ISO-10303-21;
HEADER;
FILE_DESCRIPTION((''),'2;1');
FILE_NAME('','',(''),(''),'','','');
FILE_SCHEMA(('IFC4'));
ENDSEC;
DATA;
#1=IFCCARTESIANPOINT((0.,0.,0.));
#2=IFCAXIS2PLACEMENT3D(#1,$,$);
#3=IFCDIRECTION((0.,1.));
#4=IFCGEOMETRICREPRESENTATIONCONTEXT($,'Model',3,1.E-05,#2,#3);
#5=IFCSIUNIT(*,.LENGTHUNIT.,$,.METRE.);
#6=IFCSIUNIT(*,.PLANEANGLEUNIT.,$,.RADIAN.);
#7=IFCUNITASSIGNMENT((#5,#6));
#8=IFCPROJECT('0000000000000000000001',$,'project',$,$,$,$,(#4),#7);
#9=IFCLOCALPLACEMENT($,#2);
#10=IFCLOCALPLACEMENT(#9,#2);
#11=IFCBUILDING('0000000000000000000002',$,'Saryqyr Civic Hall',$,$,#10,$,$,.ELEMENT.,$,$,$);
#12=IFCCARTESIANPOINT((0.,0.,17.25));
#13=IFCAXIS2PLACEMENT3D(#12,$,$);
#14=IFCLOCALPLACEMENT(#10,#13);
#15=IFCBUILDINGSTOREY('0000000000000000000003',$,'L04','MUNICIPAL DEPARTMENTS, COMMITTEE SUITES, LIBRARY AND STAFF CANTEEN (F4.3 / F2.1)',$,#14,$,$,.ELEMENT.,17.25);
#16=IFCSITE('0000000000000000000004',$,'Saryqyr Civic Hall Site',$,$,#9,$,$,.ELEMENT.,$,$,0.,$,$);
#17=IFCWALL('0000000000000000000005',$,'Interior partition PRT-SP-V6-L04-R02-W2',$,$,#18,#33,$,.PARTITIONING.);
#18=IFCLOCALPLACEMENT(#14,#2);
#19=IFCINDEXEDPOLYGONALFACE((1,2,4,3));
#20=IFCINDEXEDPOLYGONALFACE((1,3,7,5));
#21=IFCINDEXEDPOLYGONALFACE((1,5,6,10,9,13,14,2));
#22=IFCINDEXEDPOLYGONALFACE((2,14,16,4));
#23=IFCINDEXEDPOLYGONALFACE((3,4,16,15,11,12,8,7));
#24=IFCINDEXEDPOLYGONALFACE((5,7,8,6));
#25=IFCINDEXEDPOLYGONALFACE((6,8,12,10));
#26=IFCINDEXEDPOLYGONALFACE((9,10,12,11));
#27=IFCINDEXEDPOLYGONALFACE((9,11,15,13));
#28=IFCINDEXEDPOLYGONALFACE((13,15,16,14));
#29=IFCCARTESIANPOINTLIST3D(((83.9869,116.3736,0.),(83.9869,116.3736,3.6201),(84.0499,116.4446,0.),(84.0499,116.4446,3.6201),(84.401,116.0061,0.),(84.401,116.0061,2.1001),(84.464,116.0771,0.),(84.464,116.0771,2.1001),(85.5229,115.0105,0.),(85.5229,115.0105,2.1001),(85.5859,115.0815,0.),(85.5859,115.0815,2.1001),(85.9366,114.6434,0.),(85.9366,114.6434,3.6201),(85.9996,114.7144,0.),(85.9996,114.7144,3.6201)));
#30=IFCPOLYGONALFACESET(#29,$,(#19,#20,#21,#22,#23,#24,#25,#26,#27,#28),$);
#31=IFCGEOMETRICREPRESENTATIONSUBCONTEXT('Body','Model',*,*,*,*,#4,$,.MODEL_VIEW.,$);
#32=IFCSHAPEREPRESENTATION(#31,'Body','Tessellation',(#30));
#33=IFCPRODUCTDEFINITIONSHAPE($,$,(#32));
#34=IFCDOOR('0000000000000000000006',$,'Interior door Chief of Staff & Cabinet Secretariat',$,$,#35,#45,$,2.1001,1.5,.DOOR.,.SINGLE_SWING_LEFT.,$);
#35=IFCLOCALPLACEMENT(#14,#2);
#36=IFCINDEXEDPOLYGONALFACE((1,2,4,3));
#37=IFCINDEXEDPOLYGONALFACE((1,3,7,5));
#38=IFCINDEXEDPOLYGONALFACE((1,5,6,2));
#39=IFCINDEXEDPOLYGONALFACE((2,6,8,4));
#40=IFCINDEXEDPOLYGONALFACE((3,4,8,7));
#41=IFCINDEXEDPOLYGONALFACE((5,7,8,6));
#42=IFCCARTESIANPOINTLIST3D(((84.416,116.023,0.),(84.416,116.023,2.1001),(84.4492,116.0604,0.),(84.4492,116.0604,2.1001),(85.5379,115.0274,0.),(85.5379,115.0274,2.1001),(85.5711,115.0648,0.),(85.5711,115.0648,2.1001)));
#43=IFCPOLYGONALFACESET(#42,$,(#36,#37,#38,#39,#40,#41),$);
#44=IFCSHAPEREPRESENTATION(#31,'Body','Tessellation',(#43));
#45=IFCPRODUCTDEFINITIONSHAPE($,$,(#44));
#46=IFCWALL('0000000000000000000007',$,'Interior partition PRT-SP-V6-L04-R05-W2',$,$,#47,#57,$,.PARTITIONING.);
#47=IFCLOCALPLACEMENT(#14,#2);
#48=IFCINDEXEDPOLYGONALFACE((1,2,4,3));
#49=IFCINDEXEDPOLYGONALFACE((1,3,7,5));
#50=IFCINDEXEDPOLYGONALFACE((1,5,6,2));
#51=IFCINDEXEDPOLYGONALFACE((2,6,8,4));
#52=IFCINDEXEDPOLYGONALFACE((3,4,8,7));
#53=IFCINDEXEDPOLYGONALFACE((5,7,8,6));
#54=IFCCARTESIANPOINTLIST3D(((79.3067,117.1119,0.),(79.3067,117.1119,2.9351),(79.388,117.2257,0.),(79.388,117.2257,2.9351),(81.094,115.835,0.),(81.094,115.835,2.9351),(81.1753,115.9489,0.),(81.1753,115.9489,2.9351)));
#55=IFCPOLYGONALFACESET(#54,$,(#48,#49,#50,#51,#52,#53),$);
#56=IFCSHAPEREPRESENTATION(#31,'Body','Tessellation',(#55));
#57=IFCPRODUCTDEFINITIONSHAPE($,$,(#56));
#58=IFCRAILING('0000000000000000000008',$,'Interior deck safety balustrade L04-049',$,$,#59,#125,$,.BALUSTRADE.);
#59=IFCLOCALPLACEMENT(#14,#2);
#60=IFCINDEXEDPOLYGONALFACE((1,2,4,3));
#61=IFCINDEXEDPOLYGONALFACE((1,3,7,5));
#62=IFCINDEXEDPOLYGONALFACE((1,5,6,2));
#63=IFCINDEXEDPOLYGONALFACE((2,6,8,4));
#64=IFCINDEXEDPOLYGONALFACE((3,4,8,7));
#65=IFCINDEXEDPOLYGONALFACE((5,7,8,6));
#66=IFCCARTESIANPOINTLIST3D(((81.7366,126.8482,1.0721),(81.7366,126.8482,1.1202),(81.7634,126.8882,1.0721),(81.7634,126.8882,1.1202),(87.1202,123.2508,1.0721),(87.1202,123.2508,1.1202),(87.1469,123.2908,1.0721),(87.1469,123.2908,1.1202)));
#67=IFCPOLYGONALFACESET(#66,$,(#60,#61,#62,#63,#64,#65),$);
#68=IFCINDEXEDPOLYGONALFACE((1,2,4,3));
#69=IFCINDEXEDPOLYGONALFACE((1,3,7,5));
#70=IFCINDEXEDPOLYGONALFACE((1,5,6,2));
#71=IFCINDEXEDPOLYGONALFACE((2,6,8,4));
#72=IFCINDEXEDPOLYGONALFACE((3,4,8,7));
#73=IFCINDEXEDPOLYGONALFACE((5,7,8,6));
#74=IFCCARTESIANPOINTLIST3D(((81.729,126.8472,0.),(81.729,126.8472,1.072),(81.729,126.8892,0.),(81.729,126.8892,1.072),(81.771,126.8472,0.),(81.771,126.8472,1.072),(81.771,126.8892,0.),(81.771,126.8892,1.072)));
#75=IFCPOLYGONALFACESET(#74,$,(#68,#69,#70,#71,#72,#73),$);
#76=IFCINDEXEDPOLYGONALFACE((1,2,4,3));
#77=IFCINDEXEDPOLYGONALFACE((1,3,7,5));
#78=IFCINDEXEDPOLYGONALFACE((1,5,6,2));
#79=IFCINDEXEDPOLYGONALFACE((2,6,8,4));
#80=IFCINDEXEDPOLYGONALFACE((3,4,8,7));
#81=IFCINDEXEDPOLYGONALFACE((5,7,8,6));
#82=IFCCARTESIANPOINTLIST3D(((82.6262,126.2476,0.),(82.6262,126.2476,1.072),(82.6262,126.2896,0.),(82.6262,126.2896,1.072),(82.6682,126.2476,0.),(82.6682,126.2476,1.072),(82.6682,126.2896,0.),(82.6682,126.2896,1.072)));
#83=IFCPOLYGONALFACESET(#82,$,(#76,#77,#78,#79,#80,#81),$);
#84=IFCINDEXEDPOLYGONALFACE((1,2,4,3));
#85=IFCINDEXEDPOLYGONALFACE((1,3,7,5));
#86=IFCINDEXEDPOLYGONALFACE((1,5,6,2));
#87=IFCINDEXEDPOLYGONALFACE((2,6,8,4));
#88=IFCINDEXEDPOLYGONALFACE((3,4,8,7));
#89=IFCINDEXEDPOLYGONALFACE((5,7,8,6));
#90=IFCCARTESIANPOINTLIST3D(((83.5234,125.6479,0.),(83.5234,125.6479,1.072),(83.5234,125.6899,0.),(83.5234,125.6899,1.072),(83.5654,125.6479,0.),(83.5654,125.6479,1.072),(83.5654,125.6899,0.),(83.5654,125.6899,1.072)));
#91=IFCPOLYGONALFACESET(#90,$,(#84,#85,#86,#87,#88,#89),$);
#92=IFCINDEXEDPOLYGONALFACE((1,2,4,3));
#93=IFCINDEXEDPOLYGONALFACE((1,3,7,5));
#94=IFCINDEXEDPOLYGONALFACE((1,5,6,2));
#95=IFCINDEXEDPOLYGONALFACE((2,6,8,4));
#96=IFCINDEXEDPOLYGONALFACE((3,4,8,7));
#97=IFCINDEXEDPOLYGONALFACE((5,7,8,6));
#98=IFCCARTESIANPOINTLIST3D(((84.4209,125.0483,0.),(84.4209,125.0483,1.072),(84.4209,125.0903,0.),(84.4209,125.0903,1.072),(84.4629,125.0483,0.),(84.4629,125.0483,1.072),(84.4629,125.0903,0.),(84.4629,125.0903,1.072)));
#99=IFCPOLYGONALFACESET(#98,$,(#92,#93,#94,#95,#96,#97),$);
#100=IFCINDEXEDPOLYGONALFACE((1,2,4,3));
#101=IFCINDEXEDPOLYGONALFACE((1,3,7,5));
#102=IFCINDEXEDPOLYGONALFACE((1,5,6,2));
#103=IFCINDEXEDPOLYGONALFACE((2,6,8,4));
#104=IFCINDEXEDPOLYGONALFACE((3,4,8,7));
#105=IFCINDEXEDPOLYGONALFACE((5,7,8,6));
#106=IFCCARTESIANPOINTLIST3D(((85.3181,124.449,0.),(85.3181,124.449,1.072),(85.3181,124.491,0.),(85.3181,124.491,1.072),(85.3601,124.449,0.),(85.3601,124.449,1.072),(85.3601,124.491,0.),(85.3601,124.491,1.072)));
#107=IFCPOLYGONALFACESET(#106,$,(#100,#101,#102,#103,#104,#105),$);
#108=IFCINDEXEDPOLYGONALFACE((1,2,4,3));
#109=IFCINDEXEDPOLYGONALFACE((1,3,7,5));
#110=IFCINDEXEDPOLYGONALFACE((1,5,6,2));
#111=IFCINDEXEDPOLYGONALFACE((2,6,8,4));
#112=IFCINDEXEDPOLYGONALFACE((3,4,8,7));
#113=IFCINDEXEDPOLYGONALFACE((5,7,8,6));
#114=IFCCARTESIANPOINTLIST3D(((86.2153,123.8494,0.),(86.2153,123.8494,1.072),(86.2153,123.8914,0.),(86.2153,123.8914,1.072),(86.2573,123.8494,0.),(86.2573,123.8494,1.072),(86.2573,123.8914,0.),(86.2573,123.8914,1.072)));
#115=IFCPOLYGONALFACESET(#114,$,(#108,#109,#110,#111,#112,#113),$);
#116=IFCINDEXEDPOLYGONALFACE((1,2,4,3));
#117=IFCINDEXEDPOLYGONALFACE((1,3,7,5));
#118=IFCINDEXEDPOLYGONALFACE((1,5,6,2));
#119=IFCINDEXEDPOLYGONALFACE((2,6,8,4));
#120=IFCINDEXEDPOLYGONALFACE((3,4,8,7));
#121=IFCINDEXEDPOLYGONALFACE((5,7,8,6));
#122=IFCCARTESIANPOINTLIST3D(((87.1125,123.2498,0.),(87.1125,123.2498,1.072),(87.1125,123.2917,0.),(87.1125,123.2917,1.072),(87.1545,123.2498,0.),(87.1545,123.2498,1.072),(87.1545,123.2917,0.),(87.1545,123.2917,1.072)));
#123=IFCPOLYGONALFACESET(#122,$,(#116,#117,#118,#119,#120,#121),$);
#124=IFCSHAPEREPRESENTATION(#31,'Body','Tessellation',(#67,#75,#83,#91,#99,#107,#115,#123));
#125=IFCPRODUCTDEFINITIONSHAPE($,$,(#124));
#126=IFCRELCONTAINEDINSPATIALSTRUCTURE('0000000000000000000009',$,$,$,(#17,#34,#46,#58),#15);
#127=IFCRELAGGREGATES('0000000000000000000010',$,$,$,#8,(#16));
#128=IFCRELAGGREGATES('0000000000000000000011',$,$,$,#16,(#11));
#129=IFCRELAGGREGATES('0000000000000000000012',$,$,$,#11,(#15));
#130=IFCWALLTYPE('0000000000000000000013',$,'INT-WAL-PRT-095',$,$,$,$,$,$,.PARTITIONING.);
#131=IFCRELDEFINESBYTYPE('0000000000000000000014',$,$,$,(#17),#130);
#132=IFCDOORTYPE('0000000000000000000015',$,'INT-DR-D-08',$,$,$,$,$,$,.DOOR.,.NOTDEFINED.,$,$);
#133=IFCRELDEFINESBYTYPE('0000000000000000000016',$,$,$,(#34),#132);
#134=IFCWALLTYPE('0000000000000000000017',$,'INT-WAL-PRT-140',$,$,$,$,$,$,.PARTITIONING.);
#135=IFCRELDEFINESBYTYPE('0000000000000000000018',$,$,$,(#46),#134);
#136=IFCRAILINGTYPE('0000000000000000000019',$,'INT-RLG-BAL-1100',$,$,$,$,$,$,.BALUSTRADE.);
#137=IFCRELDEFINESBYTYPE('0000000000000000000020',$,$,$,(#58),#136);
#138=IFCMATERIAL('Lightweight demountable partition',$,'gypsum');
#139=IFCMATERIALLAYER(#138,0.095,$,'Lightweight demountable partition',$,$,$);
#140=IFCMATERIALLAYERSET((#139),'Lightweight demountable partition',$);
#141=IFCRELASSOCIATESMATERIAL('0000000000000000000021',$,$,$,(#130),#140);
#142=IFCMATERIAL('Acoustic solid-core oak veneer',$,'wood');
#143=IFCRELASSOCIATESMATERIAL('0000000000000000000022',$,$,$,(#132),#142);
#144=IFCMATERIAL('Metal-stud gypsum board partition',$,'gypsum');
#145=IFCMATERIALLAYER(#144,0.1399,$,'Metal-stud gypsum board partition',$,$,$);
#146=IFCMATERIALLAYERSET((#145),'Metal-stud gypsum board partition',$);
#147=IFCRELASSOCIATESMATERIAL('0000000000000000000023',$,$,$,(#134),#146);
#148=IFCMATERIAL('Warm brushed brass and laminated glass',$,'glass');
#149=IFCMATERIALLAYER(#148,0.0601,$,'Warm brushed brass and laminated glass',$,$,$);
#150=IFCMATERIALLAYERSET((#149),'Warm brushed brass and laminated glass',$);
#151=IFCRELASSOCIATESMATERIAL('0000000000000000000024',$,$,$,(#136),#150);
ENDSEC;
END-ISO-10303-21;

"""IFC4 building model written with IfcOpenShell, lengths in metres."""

from ifc_helpers import new_model, si_unit, direction, frame, frame_2d, origin, origin_2d, place, context, subcontext, project, spatial, rectangle, extrude, material, layer, layer_set, type_object, element, fill, save


model = new_model("IFC4")

# Units and contexts
model_context = context("Model", 3, precision=1e-05, world=origin(), true_north=direction((0.0, 1.0)))
body_context = subcontext(model_context, "Body", "Model", "MODEL_VIEW")
ifc_project = project(units=[si_unit("LENGTHUNIT", "METRE"), si_unit("PLANEANGLEUNIT", "RADIAN")], contexts=[model_context])

# Site, building, storey
site_placement = place(None, origin())
site = spatial("IfcSite", under=ifc_project, at=site_placement, Name="Saryqyr Civic Hall Site", CompositionType="ELEMENT", RefElevation=0.0)
building_placement = place(site_placement, origin())
building = spatial("IfcBuilding", under=site, at=building_placement, Name="Saryqyr Civic Hall", CompositionType="ELEMENT")
storey_placement = place(building_placement, frame((0.0, 0.0, 17.25)))
storey = spatial("IfcBuildingStorey", under=building, at=storey_placement, Name="L04", Description="MUNICIPAL DEPARTMENTS, COMMITTEE SUITES, LIBRARY AND STAFF CANTEEN (F4.3 / F2.1)", CompositionType="ELEMENT", Elevation=17.25)

# Wall, opening, door
ifc_material_1 = material(Name="Lightweight demountable partition", Category="gypsum")
ifc_layer_1 = layer(ifc_material_1, 0.095, Name="Lightweight demountable partition")
ifc_layer_set_1 = layer_set([ifc_layer_1], Name="Lightweight demountable partition")
wall_type_1 = type_object("IfcWallType", Name="INT-WAL-PRT-095", PredefinedType="PARTITIONING", material=ifc_layer_set_1)
wall_1_placement = place(storey_placement, frame((85.968, 114.679, 0.0), z_axis=(0.0, 0.0, 1.0), x_axis=(-0.747952, 0.663753, 0.0)))
wall_1 = element("IfcWall", 1, at=wall_1_placement, inside=storey, type_object=wall_type_1, Name="Interior partition PRT-SP-V6-L04-R02-W2", PredefinedType="PARTITIONING", context=body_context, shape_type="SweptSolid", body=[
    extrude(rectangle(XDim=2.6067, YDim=0.095, at=frame_2d((1.3032, 0.0))), origin(), (0.0, 0.0, 1.0), 3.6201),
])
opening_1_placement = place(wall_1_placement, frame((0.553, 0.0, 0.0)))
opening_1 = element("IfcOpeningElement", 2, at=opening_1_placement, cuts=wall_1, PredefinedType="OPENING", context=body_context, shape_type="SweptSolid", body=[
    extrude(rectangle(XDim=1.5, YDim=2.1001, at=frame_2d((0.75, 1.05))), frame((0.0, 0.0574, 0.0), z_axis=(0.0, -1.0, 0.0), x_axis=(1.0, 0.0, 0.0)), (0.0, 0.0, 1.0), 0.115),
])
ifc_material_2 = material(Name="Acoustic solid-core oak veneer", Category="wood")
door_type = type_object("IfcDoorType", Name="INT-DR-D-08", OperationType="NOTDEFINED", PredefinedType="DOOR", material=ifc_material_2)
door_placement = place(opening_1_placement, origin())
door = element("IfcDoor", 3, at=door_placement, inside=storey, type_object=door_type, Name="Interior door Chief of Staff & Cabinet Secretariat", OperationType="SINGLE_SWING_LEFT", OverallHeight=2.1001, OverallWidth=1.5, PredefinedType="DOOR", context=body_context, shape_type="SweptSolid", body=[
    extrude(rectangle(XDim=1.5, YDim=2.1001, at=frame_2d((0.75, 1.05))), frame((0.0, 0.0249, 0.0), z_axis=(0.0, -1.0, 0.0), x_axis=(1.0, 0.0, 0.0)), (0.0, 0.0, 1.0), 0.05),
])
fill(opening_1, door)

# Wall
ifc_material_3 = material(Name="Metal-stud gypsum board partition", Category="gypsum")
ifc_layer_2 = layer(ifc_material_3, 0.1399, Name="Metal-stud gypsum board partition")
ifc_layer_set_2 = layer_set([ifc_layer_2], Name="Metal-stud gypsum board partition")
wall_type_2 = type_object("IfcWallType", Name="INT-WAL-PRT-140", PredefinedType="PARTITIONING", material=ifc_layer_set_2)
wall_2_placement = place(storey_placement, frame((79.3474, 117.1687, 0.0), z_axis=(0.0, 0.0, 1.0), x_axis=(0.813696, -0.581291, 0.0)))
element("IfcWall", 4, at=wall_2_placement, inside=storey, type_object=wall_type_2, Name="Interior partition PRT-SP-V6-L04-R05-W2", PredefinedType="PARTITIONING", context=body_context, shape_type="SweptSolid", body=[
    extrude(rectangle(XDim=2.1965, YDim=0.1399, at=frame_2d((1.0981, 0.0))), origin(), (0.0, 0.0, 1.0), 2.9351),
])

# Railing
ifc_material_4 = material(Name="Warm brushed brass and laminated glass", Category="glass")
ifc_layer_3 = layer(ifc_material_4, 0.0601, Name="Warm brushed brass and laminated glass")
ifc_layer_set_3 = layer_set([ifc_layer_3], Name="Warm brushed brass and laminated glass")
railing_type = type_object("IfcRailingType", Name="INT-RLG-BAL-1100", PredefinedType="BALUSTRADE", material=ifc_layer_set_3)
railing_placement = place(storey_placement, frame((81.75, 126.8682, 0.0)))
element("IfcRailing", 5, at=railing_placement, inside=storey, type_object=railing_type, Name="Interior deck safety balustrade L04-049", PredefinedType="BALUSTRADE", context=body_context, shape_type="SweptSolid", body=[
    extrude(rectangle(XDim=0.0481, YDim=0.0481, at=origin_2d()), frame((0.0, 0.0, 1.0962), z_axis=(0.831452, -0.555596, 0.0), x_axis=(0.555596, 0.831452, 0.0)), (0.0, 0.0, 1.0), 6.4749),
    extrude(rectangle(XDim=0.042, YDim=0.042, at=origin_2d()), origin(), (0.0, 0.0, 1.0), 1.072),
    extrude(rectangle(XDim=0.042, YDim=0.042, at=origin_2d()), frame((0.8972, -0.5996, 0.0)), (0.0, 0.0, 1.0), 1.072),
    extrude(rectangle(XDim=0.042, YDim=0.042, at=origin_2d()), frame((1.7944, -1.1992, 0.0)), (0.0, 0.0, 1.0), 1.072),
    extrude(rectangle(XDim=0.042, YDim=0.042, at=origin_2d()), frame((2.6919, -1.7988, 0.0)), (0.0, 0.0, 1.0), 1.072),
    extrude(rectangle(XDim=0.042, YDim=0.042, at=origin_2d()), frame((3.5891, -2.3982, 0.0)), (0.0, 0.0, 1.0), 1.072),
    extrude(rectangle(XDim=0.042, YDim=0.042, at=origin_2d()), frame((4.4863, -2.9978, 0.0)), (0.0, 0.0, 1.0), 1.072),
    extrude(rectangle(XDim=0.042, YDim=0.042, at=origin_2d()), frame((5.3835, -3.5974, 0.0)), (0.0, 0.0, 1.0), 1.072),
])

save(model, "model.ifc")
